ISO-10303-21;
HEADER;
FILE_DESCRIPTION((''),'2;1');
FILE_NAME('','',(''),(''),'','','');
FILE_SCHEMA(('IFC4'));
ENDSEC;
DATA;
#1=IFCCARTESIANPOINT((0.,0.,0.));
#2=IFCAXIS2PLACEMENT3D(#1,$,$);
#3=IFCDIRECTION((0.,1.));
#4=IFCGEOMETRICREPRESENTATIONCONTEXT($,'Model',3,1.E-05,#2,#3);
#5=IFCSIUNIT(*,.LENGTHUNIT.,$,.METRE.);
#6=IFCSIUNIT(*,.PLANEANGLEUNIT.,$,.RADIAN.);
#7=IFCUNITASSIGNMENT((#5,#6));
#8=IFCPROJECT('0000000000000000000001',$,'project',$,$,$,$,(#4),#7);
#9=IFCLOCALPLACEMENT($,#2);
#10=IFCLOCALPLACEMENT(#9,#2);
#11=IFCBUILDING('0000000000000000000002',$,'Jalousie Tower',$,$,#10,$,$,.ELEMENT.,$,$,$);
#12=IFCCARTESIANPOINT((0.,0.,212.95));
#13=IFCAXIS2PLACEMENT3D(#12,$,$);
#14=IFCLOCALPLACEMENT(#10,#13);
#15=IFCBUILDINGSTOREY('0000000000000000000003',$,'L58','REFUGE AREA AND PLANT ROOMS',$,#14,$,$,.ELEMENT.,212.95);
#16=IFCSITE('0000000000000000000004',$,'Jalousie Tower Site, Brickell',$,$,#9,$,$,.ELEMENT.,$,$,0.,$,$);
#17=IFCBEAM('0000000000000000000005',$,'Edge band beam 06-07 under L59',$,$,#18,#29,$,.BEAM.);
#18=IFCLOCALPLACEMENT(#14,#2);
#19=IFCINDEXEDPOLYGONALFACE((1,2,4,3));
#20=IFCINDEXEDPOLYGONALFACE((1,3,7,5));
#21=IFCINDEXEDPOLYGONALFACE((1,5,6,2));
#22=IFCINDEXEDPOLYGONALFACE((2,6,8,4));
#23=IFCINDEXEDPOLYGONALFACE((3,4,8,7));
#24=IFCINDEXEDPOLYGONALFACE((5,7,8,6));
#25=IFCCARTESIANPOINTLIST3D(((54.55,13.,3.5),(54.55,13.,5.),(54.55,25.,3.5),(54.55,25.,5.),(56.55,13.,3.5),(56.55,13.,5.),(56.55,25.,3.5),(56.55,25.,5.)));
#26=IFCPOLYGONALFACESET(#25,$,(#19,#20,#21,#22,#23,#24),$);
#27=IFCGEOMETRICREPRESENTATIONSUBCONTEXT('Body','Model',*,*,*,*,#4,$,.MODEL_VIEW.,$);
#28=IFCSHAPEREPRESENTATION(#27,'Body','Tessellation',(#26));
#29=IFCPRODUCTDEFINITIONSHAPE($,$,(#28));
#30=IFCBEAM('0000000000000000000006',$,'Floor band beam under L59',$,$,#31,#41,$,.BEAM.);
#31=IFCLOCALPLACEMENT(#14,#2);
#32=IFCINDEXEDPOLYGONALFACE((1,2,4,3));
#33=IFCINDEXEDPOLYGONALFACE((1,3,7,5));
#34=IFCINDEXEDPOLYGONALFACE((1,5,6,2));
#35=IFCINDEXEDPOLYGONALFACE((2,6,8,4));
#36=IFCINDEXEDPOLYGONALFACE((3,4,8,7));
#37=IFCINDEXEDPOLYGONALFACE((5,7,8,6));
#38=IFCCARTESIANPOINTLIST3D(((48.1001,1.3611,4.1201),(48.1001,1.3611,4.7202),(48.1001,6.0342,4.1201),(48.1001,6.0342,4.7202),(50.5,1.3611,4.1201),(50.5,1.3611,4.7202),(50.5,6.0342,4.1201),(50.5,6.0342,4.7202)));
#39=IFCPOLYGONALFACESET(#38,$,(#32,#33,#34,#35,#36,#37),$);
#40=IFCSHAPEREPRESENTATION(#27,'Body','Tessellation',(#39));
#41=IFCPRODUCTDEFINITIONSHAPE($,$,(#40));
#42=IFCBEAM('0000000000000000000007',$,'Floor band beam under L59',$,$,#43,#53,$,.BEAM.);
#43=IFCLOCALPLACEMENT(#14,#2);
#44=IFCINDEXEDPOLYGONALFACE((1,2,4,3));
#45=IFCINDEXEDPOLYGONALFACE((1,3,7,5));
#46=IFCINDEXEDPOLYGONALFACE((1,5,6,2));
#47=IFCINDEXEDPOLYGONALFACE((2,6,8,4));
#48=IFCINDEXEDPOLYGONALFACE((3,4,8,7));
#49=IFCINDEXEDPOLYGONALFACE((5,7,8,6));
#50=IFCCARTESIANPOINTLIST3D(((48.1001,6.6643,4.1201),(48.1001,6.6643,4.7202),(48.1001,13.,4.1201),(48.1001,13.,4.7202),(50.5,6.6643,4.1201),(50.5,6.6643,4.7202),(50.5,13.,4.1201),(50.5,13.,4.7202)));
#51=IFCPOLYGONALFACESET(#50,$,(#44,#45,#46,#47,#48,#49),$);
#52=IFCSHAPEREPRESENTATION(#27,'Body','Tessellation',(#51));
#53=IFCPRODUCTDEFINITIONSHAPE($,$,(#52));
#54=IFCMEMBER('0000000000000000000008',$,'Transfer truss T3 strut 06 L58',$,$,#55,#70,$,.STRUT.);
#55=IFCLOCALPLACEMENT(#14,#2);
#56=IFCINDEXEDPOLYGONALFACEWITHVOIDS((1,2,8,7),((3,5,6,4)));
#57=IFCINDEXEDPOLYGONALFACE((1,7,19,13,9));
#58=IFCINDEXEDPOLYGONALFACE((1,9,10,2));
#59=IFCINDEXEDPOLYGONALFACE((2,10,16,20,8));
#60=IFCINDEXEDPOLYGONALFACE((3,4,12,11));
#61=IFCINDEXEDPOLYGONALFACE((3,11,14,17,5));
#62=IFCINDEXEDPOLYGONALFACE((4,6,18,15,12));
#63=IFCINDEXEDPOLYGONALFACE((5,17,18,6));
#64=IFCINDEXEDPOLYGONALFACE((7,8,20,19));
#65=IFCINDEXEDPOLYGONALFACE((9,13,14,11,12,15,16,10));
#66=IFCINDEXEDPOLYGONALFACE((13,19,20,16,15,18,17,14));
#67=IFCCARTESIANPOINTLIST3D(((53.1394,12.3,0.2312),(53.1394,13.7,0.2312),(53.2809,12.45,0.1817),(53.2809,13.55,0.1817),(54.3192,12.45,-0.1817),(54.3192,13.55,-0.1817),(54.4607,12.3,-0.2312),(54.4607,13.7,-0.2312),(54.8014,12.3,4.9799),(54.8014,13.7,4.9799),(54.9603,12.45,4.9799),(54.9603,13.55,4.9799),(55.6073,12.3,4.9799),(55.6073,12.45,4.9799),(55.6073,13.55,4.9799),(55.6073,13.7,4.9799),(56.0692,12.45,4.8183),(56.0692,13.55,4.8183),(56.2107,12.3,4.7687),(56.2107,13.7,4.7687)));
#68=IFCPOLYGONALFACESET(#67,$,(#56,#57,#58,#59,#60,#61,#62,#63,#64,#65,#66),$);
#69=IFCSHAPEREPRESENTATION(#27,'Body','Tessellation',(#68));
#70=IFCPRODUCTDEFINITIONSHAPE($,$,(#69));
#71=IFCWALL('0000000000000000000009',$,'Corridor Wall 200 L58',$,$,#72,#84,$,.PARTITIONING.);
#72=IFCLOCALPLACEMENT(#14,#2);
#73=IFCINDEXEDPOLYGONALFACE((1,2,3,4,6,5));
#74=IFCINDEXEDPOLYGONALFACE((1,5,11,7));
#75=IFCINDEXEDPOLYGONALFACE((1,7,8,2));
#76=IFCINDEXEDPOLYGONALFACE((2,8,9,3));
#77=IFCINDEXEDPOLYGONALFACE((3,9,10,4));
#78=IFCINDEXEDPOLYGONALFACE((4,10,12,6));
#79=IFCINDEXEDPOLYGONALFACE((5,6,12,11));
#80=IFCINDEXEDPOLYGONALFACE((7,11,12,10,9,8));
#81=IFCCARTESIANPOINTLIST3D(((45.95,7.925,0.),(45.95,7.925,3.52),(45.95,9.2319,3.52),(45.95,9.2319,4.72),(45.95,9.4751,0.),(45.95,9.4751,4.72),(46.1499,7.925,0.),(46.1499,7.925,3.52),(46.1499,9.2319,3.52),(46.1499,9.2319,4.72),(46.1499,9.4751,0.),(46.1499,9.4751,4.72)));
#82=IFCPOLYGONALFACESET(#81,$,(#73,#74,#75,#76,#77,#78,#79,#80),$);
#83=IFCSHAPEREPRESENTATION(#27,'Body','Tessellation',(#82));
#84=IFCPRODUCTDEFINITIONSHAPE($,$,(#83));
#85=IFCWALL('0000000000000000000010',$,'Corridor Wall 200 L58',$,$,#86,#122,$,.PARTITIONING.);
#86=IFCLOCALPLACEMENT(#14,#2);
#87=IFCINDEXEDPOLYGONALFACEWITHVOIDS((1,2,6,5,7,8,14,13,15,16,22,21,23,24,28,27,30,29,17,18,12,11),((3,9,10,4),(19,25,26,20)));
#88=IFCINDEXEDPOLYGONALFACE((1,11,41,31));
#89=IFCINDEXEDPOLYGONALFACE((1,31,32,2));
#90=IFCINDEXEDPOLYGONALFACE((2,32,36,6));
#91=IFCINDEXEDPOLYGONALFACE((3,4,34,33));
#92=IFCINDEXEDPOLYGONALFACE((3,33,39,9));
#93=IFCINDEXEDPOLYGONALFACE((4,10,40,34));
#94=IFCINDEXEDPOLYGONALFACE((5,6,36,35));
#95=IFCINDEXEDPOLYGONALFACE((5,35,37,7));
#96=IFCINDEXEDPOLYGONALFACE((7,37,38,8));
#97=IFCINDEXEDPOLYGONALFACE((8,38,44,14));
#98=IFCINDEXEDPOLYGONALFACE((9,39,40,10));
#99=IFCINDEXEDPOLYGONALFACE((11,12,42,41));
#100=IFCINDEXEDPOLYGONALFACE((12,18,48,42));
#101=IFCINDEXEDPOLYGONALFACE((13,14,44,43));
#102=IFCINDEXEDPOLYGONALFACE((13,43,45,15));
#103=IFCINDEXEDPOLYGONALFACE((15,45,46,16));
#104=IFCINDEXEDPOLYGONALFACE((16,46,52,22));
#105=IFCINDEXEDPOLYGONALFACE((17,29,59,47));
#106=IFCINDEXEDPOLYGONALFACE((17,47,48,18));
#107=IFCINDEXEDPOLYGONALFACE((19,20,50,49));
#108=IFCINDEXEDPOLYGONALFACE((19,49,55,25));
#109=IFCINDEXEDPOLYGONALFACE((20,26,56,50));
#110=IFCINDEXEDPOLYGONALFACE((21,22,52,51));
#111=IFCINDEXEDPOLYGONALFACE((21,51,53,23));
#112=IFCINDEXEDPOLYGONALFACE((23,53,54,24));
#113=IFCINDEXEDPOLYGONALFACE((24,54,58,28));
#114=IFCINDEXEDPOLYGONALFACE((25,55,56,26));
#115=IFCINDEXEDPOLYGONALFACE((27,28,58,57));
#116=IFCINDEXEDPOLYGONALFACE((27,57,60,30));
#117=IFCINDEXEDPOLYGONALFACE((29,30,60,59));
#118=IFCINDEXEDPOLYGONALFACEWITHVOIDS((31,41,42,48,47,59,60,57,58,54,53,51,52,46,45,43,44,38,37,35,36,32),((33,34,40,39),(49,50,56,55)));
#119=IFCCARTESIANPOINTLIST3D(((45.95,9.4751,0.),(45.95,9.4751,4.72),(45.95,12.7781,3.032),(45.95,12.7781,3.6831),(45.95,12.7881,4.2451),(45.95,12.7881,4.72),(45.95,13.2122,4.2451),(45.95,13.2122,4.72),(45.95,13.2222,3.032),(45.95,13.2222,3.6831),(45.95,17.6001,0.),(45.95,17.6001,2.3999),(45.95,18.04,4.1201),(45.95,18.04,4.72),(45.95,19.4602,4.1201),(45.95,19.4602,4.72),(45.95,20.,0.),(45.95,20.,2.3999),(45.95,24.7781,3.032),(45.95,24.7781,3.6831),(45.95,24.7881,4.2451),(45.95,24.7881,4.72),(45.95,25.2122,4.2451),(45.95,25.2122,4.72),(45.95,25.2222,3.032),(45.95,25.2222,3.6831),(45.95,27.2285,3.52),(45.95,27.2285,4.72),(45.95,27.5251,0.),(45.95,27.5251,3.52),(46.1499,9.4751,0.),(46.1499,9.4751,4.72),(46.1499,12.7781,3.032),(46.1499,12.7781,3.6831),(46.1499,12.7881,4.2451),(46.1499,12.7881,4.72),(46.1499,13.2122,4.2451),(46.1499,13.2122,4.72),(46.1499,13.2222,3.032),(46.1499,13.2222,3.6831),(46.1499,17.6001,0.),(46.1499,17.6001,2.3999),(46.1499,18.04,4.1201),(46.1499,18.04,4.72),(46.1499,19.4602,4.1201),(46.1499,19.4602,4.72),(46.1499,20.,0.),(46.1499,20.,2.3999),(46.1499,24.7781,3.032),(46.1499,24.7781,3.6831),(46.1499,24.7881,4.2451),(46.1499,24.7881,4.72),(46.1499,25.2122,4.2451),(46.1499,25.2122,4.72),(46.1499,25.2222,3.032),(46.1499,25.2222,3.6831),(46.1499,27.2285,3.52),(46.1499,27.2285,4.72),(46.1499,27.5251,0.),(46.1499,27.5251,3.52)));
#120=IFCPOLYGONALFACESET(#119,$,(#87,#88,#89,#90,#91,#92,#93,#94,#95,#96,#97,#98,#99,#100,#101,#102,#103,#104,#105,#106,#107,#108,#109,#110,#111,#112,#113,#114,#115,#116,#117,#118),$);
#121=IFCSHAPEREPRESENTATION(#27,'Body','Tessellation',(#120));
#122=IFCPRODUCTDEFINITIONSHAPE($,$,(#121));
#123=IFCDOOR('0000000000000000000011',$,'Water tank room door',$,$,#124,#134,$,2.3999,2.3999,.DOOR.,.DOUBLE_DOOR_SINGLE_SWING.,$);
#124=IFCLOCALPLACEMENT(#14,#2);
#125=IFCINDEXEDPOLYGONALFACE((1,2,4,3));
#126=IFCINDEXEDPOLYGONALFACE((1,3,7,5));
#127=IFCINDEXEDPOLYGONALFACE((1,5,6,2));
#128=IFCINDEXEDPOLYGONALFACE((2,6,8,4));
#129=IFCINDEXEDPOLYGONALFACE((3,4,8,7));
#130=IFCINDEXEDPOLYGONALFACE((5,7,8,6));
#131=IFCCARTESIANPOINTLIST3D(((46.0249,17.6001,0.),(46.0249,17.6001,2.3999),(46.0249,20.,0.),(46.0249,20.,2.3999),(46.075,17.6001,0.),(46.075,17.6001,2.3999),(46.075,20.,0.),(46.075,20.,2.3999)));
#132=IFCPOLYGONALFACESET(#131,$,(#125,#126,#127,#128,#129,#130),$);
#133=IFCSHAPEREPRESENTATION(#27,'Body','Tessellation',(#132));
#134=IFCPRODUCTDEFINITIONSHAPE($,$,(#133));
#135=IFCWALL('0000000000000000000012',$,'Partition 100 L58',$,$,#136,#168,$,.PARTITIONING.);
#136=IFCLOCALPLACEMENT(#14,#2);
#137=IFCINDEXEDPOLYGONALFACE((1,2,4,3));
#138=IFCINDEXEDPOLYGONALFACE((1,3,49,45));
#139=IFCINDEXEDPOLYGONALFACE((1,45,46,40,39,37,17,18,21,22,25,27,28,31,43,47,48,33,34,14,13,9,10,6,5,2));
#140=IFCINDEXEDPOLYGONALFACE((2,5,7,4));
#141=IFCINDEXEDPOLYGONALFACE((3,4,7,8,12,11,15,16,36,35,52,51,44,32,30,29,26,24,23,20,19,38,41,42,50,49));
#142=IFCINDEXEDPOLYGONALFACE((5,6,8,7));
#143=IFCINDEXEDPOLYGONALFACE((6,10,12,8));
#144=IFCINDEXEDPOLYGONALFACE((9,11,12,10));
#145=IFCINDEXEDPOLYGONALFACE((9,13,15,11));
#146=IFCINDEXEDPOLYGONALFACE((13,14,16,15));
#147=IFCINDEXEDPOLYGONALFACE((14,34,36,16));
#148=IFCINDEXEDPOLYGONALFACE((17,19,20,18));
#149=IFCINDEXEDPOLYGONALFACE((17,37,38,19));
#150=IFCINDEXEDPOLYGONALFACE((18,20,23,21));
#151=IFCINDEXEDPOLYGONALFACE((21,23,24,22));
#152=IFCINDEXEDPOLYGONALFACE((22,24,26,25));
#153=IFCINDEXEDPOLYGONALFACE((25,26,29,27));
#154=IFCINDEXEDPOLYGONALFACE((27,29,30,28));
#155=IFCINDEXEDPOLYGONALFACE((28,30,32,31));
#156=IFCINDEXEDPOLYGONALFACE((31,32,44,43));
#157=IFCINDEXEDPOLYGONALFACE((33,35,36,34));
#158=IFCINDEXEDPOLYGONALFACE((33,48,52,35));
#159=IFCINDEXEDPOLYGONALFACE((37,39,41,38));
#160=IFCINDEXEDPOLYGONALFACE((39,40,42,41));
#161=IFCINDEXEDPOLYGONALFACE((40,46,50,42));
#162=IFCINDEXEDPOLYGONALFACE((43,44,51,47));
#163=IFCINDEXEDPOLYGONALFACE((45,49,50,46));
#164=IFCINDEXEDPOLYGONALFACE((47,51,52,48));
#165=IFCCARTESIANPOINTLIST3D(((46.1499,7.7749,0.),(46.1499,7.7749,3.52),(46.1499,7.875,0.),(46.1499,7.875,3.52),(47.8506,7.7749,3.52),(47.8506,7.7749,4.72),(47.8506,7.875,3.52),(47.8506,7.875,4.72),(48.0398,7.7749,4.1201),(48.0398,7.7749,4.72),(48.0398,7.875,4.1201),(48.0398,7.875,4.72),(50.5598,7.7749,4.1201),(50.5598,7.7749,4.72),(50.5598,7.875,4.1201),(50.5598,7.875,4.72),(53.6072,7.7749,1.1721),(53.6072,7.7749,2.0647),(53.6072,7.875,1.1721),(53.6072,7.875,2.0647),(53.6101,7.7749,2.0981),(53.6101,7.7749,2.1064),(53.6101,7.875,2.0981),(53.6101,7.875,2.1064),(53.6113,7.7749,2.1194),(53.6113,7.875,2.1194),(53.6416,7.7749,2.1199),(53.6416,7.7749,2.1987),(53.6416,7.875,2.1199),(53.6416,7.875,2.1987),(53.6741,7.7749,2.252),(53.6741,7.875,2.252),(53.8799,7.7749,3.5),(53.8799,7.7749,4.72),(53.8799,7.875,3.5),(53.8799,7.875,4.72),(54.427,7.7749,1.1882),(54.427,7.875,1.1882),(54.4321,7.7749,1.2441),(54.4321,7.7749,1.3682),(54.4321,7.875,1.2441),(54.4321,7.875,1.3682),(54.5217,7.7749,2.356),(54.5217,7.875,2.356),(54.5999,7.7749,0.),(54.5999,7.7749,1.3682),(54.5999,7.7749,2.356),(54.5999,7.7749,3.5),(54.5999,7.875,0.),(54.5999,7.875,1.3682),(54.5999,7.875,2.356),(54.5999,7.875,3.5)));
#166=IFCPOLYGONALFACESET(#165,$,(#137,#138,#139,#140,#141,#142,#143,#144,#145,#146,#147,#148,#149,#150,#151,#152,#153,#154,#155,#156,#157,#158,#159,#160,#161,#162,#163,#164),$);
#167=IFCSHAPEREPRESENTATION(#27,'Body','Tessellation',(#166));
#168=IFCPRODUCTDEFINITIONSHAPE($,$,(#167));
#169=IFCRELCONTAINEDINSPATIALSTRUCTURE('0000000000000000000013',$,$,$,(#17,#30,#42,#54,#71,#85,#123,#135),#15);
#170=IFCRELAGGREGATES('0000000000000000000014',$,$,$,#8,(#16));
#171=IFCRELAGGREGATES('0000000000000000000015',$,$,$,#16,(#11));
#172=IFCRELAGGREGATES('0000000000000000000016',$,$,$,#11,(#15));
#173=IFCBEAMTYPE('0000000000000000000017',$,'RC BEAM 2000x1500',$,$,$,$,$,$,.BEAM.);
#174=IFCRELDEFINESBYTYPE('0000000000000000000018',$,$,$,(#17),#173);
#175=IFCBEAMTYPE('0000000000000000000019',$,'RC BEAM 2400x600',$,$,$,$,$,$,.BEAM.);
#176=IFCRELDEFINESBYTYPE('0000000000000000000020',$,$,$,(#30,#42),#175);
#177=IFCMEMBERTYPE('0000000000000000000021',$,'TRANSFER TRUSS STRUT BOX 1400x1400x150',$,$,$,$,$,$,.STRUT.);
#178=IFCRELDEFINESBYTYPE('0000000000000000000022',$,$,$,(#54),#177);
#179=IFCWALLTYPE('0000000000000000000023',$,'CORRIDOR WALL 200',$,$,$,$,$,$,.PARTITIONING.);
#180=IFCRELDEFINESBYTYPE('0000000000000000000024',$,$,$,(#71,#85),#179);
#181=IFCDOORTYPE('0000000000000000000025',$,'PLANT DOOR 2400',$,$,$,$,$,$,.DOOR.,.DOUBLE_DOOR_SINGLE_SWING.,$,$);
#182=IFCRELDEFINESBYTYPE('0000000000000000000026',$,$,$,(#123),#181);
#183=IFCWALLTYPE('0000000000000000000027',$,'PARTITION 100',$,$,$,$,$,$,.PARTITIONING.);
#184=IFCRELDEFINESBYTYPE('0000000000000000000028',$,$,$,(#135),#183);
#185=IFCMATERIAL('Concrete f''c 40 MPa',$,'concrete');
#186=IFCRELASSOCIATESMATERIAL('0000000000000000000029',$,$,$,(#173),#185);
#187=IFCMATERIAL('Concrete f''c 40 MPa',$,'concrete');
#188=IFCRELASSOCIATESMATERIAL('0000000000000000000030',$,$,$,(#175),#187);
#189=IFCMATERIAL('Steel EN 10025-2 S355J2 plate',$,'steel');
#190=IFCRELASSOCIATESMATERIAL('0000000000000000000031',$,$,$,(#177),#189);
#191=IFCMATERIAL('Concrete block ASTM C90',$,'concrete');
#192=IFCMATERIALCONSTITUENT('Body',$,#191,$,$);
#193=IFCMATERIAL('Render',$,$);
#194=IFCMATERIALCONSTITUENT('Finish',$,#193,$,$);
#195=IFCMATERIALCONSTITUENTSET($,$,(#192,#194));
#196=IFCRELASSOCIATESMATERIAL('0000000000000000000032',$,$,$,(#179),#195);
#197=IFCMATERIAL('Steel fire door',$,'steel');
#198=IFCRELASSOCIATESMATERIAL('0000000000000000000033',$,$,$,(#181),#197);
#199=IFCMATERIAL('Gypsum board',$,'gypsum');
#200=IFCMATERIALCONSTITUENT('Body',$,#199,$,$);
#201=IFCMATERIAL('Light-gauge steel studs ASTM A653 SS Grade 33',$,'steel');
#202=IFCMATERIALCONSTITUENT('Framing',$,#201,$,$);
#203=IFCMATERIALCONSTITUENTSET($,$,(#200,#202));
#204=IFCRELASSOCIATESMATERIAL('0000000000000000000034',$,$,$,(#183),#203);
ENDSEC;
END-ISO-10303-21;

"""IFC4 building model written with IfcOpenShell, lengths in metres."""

from ifc_helpers import new_model, si_unit, direction, frame, frame_2d, origin, origin_2d, place, context, subcontext, project, spatial, polyline, rectangle, hollow_rectangle, outline, extrude, clip, halfspace, material, constituent, constituent_set, material_profile, profile_set, type_object, element, fill, save


model = new_model("IFC4")

# Units and contexts
model_context = context("Model", 3, precision=1e-05, world=origin(), true_north=direction((0.0, 1.0)))
body_context = subcontext(model_context, "Body", "Model", "MODEL_VIEW")
ifc_project = project(units=[si_unit("LENGTHUNIT", "METRE"), si_unit("PLANEANGLEUNIT", "RADIAN")], contexts=[model_context])

# Site, building, storey
site_placement = place(None, origin())
site = spatial("IfcSite", under=ifc_project, at=site_placement, Name="Jalousie Tower Site, Brickell", CompositionType="ELEMENT", RefElevation=0.0)
building_placement = place(site_placement, origin())
building = spatial("IfcBuilding", under=site, at=building_placement, Name="Jalousie Tower", CompositionType="ELEMENT")
storey_placement = place(building_placement, frame((0.0, 0.0, 212.95)))
storey = spatial("IfcBuildingStorey", under=building, at=storey_placement, Name="L58", Description="REFUGE AREA AND PLANT ROOMS", CompositionType="ELEMENT", Elevation=212.95)

# Beams
ifc_material_1 = material(Name="Concrete f'c 40 MPa", Category="concrete")
ifc_material_profile_1 = material_profile(ifc_material_1, rectangle(XDim=2.0, YDim=1.5, at=origin_2d()), Name="RC 2000x1500")
ifc_profile_set_1 = profile_set([ifc_material_profile_1], Name="Concrete f'c 40 MPa")
beam_type_1 = type_object("IfcBeamType", Name="RC BEAM 2000x1500", PredefinedType="BEAM", material=ifc_profile_set_1)
beam_1_placement = place(storey_placement, frame((55.55, 13.0, 4.25), z_axis=(0.0, 1.0, 0.0), x_axis=(-1.0, 0.0, 0.0)))
element("IfcBeam", 1, at=beam_1_placement, inside=storey, type_object=beam_type_1, Name="Edge band beam 06-07 under L59", PredefinedType="BEAM", context=body_context, shape_type="SweptSolid", body=[
    extrude(rectangle(XDim=2.0, YDim=1.5, at=origin_2d()), origin(), (0.0, 0.0, 1.0), 12.0),
])
ifc_material_2 = material(Name="Concrete f'c 40 MPa", Category="concrete")
ifc_material_profile_2 = material_profile(ifc_material_2, rectangle(XDim=2.3999, YDim=0.6001, at=origin_2d()), Name="RC 2400x600")
ifc_profile_set_2 = profile_set([ifc_material_profile_2], Name="Concrete f'c 40 MPa")
beam_type_2 = type_object("IfcBeamType", Name="RC BEAM 2400x600", PredefinedType="BEAM", material=ifc_profile_set_2)
beam_2_placement = place(storey_placement, frame((49.3, 1.3611, 4.4202), z_axis=(0.0, 1.0, 0.0), x_axis=(-1.0, 0.0, 0.0)))
element("IfcBeam", 2, at=beam_2_placement, inside=storey, type_object=beam_type_2, Name="Floor band beam under L59", PredefinedType="BEAM", context=body_context, shape_type="SweptSolid", body=[
    extrude(rectangle(XDim=2.3999, YDim=0.6001, at=origin_2d()), origin(), (0.0, 0.0, 1.0), 4.6731),
])
beam_3_placement = place(storey_placement, frame((49.3, 6.6643, 4.4202), z_axis=(0.0, 1.0, 0.0), x_axis=(-1.0, 0.0, 0.0)))
element("IfcBeam", 3, at=beam_3_placement, inside=storey, type_object=beam_type_2, Name="Floor band beam under L59", PredefinedType="BEAM", context=body_context, shape_type="SweptSolid", body=[
    extrude(rectangle(XDim=2.3999, YDim=0.6001, at=origin_2d()), origin(), (0.0, 0.0, 1.0), 6.3357),
])

# Member
ifc_material_3 = material(Name="Steel EN 10025-2 S355J2 plate", Category="steel")
ifc_material_profile_3 = material_profile(ifc_material_3, hollow_rectangle(XDim=1.3999, YDim=1.3999, WallThickness=0.1499, at=origin_2d()), Name="BOX 1400x1400x150")
ifc_profile_set_3 = profile_set([ifc_material_profile_3], Name="Steel EN 10025-2 S355J2 plate")
member_type_1 = type_object("IfcMemberType", Name="TRANSFER TRUSS STRUT BOX 1400x1400x150", PredefinedType="STRUT", material=ifc_profile_set_3)
member_1_placement = place(storey_placement, frame((53.8, 13.0, 0.0), z_axis=(0.33035, 0.0, 0.943858), x_axis=(0.0, 1.0, 0.0)))
element("IfcMember", 4, at=member_1_placement, inside=storey, type_object=member_type_1, Name="Transfer truss T3 strut 06 L58", PredefinedType="STRUT", context=body_context, shape_type="Clipping", body=[
    clip(extrude(hollow_rectangle(XDim=1.3999, YDim=1.3999, WallThickness=0.1499, at=origin_2d()), origin(), (0.0, 0.0, 1.0), 5.2974), halfspace(frame((0.0, 0.0, 5.2761), z_axis=(0.0, 0.33035, 0.943858)), False)),
])

# Wall
ifc_material_4 = material(Name="Concrete block ASTM C90", Category="concrete")
ifc_constituent_1 = constituent(ifc_material_4, Name="Body")
ifc_material_5 = material(Name="Render")
ifc_constituent_2 = constituent(ifc_material_5, Name="Finish")
ifc_constituent_set_1 = constituent_set(constituents=[ifc_constituent_1, ifc_constituent_2])
wall_type_1 = type_object("IfcWallType", Name="CORRIDOR WALL 200", PredefinedType="PARTITIONING", material=ifc_constituent_set_1)
wall_1_placement = place(storey_placement, frame((46.05, 7.925, 0.0), z_axis=(0.0, 0.0, 1.0), x_axis=(0.0, 1.0, 0.0)))
element("IfcWall", 5, at=wall_1_placement, inside=storey, type_object=wall_type_1, Name="Corridor Wall 200 L58", PredefinedType="PARTITIONING", context=body_context, shape_type="SweptSolid", body=[
    extrude(outline(polyline([(0.0, 0.0), (1.55, 0.0), (1.55, 4.72), (1.3069, 4.72), (1.3069, 3.52), (0.0, 3.52), (0.0, 0.0)])), frame((0.0, 0.1001, 0.0), z_axis=(0.0, -1.0, 0.0), x_axis=(1.0, 0.0, 0.0)), (0.0, 0.0, 1.0), 0.2),
])

# Wall, opening, door
wall_2_placement = place(storey_placement, frame((46.05, 9.4751, 0.0), z_axis=(0.0, 0.0, 1.0), x_axis=(0.0, 1.0, 0.0)))
wall_2 = element("IfcWall", 6, at=wall_2_placement, inside=storey, type_object=wall_type_1, Name="Corridor Wall 200 L58", PredefinedType="PARTITIONING", context=body_context, shape_type="SweptSolid", body=[
    extrude(outline(polyline([(3.313, 4.72), (0.0, 4.72), (0.0, 0.0), (18.05, 0.0), (18.05, 3.52), (17.7534, 3.52), (17.7534, 4.72), (15.7371, 4.72), (15.7371, 4.2451), (15.313, 4.2451), (15.313, 4.72), (9.9851, 4.72), (9.9851, 4.1201), (8.5649, 4.1201), (8.5649, 4.72), (3.7371, 4.72), (3.7371, 4.2451), (3.313, 4.2451), (3.313, 4.72)]), holes=[polyline([(3.303, 3.032), (3.303, 3.6831), (3.7471, 3.6831), (3.7471, 3.032), (3.303, 3.032)]), polyline([(15.303, 3.032), (15.303, 3.6831), (15.7471, 3.6831), (15.7471, 3.032), (15.303, 3.032)])]), frame((0.0, 0.1001, 0.0), z_axis=(0.0, -1.0, 0.0), x_axis=(1.0, 0.0, 0.0)), (0.0, 0.0, 1.0), 0.2),
])
opening_placement = place(wall_2_placement, frame((8.125, 0.0, 0.0)))
opening = element("IfcOpeningElement", 7, at=opening_placement, cuts=wall_2, PredefinedType="OPENING", context=body_context, shape_type="SweptSolid", body=[
    extrude(rectangle(XDim=2.3999, YDim=2.3999, at=frame_2d((1.2, 1.2))), frame((0.0, 0.1099, 0.0), z_axis=(0.0, -1.0, 0.0), x_axis=(1.0, 0.0, 0.0)), (0.0, 0.0, 1.0), 0.22),
])
ifc_material_6 = material(Name="Steel fire door", Category="steel")
door_type = type_object("IfcDoorType", Name="PLANT DOOR 2400", OperationType="DOUBLE_DOOR_SINGLE_SWING", PredefinedType="DOOR", material=ifc_material_6)
door_placement = place(opening_placement, frame((2.3999, 0.0, 0.0), z_axis=(0.0, 0.0, 1.0), x_axis=(-1.0, 0.0, 0.0)))
door = element("IfcDoor", 8, at=door_placement, inside=storey, type_object=door_type, Name="Water tank room door", OperationType="DOUBLE_DOOR_SINGLE_SWING", OverallHeight=2.3999, OverallWidth=2.3999, PredefinedType="DOOR", context=body_context, shape_type="SweptSolid", body=[
    extrude(rectangle(XDim=2.3999, YDim=2.3999, at=frame_2d((1.2, 1.2))), frame((0.0, 0.0249, 0.0), z_axis=(0.0, -1.0, 0.0), x_axis=(1.0, 0.0, 0.0)), (0.0, 0.0, 1.0), 0.05),
])
fill(opening, door)

# Wall
ifc_material_7 = material(Name="Gypsum board", Category="gypsum")
ifc_constituent_3 = constituent(ifc_material_7, Name="Body")
ifc_material_8 = material(Name="Light-gauge steel studs ASTM A653 SS Grade 33", Category="steel")
ifc_constituent_4 = constituent(ifc_material_8, Name="Framing")
ifc_constituent_set_2 = constituent_set(constituents=[ifc_constituent_3, ifc_constituent_4])
wall_type_2 = type_object("IfcWallType", Name="PARTITION 100", PredefinedType="PARTITIONING", material=ifc_constituent_set_2)
wall_3_placement = place(storey_placement, frame((46.1499, 7.825, 0.0), z_axis=(0.0, 0.0, 1.0), x_axis=(1.0, 0.0, 0.0)))
element("IfcWall", 9, at=wall_3_placement, inside=storey, type_object=wall_type_2, Name="Partition 100 L58", PredefinedType="PARTITIONING", context=body_context, shape_type="SweptSolid", body=[
    extrude(outline(polyline([(1.7007, 3.52), (0.0, 3.52), (0.0, 0.0), (8.45, 0.0), (8.45, 1.3682), (8.2822, 1.3682), (8.2822, 1.2441), (8.2771, 1.1882), (7.4573, 1.1721), (7.4573, 2.0647), (7.4602, 2.0981), (7.4602, 2.1064), (7.4614, 2.1194), (7.4917, 2.1199), (7.4917, 2.1987), (7.5242, 2.252), (8.3718, 2.356), (8.45, 2.356), (8.45, 3.5), (7.73, 3.5), (7.73, 4.72), (4.4099, 4.72), (4.4099, 4.1201), (1.8899, 4.1201), (1.8899, 4.72), (1.7007, 4.72), (1.7007, 3.52)])), frame((0.0, 0.05, 0.0), z_axis=(0.0, -1.0, 0.0), x_axis=(1.0, 0.0, 0.0)), (0.0, 0.0, 1.0), 0.1001),
])

save(model, "model.ifc")
